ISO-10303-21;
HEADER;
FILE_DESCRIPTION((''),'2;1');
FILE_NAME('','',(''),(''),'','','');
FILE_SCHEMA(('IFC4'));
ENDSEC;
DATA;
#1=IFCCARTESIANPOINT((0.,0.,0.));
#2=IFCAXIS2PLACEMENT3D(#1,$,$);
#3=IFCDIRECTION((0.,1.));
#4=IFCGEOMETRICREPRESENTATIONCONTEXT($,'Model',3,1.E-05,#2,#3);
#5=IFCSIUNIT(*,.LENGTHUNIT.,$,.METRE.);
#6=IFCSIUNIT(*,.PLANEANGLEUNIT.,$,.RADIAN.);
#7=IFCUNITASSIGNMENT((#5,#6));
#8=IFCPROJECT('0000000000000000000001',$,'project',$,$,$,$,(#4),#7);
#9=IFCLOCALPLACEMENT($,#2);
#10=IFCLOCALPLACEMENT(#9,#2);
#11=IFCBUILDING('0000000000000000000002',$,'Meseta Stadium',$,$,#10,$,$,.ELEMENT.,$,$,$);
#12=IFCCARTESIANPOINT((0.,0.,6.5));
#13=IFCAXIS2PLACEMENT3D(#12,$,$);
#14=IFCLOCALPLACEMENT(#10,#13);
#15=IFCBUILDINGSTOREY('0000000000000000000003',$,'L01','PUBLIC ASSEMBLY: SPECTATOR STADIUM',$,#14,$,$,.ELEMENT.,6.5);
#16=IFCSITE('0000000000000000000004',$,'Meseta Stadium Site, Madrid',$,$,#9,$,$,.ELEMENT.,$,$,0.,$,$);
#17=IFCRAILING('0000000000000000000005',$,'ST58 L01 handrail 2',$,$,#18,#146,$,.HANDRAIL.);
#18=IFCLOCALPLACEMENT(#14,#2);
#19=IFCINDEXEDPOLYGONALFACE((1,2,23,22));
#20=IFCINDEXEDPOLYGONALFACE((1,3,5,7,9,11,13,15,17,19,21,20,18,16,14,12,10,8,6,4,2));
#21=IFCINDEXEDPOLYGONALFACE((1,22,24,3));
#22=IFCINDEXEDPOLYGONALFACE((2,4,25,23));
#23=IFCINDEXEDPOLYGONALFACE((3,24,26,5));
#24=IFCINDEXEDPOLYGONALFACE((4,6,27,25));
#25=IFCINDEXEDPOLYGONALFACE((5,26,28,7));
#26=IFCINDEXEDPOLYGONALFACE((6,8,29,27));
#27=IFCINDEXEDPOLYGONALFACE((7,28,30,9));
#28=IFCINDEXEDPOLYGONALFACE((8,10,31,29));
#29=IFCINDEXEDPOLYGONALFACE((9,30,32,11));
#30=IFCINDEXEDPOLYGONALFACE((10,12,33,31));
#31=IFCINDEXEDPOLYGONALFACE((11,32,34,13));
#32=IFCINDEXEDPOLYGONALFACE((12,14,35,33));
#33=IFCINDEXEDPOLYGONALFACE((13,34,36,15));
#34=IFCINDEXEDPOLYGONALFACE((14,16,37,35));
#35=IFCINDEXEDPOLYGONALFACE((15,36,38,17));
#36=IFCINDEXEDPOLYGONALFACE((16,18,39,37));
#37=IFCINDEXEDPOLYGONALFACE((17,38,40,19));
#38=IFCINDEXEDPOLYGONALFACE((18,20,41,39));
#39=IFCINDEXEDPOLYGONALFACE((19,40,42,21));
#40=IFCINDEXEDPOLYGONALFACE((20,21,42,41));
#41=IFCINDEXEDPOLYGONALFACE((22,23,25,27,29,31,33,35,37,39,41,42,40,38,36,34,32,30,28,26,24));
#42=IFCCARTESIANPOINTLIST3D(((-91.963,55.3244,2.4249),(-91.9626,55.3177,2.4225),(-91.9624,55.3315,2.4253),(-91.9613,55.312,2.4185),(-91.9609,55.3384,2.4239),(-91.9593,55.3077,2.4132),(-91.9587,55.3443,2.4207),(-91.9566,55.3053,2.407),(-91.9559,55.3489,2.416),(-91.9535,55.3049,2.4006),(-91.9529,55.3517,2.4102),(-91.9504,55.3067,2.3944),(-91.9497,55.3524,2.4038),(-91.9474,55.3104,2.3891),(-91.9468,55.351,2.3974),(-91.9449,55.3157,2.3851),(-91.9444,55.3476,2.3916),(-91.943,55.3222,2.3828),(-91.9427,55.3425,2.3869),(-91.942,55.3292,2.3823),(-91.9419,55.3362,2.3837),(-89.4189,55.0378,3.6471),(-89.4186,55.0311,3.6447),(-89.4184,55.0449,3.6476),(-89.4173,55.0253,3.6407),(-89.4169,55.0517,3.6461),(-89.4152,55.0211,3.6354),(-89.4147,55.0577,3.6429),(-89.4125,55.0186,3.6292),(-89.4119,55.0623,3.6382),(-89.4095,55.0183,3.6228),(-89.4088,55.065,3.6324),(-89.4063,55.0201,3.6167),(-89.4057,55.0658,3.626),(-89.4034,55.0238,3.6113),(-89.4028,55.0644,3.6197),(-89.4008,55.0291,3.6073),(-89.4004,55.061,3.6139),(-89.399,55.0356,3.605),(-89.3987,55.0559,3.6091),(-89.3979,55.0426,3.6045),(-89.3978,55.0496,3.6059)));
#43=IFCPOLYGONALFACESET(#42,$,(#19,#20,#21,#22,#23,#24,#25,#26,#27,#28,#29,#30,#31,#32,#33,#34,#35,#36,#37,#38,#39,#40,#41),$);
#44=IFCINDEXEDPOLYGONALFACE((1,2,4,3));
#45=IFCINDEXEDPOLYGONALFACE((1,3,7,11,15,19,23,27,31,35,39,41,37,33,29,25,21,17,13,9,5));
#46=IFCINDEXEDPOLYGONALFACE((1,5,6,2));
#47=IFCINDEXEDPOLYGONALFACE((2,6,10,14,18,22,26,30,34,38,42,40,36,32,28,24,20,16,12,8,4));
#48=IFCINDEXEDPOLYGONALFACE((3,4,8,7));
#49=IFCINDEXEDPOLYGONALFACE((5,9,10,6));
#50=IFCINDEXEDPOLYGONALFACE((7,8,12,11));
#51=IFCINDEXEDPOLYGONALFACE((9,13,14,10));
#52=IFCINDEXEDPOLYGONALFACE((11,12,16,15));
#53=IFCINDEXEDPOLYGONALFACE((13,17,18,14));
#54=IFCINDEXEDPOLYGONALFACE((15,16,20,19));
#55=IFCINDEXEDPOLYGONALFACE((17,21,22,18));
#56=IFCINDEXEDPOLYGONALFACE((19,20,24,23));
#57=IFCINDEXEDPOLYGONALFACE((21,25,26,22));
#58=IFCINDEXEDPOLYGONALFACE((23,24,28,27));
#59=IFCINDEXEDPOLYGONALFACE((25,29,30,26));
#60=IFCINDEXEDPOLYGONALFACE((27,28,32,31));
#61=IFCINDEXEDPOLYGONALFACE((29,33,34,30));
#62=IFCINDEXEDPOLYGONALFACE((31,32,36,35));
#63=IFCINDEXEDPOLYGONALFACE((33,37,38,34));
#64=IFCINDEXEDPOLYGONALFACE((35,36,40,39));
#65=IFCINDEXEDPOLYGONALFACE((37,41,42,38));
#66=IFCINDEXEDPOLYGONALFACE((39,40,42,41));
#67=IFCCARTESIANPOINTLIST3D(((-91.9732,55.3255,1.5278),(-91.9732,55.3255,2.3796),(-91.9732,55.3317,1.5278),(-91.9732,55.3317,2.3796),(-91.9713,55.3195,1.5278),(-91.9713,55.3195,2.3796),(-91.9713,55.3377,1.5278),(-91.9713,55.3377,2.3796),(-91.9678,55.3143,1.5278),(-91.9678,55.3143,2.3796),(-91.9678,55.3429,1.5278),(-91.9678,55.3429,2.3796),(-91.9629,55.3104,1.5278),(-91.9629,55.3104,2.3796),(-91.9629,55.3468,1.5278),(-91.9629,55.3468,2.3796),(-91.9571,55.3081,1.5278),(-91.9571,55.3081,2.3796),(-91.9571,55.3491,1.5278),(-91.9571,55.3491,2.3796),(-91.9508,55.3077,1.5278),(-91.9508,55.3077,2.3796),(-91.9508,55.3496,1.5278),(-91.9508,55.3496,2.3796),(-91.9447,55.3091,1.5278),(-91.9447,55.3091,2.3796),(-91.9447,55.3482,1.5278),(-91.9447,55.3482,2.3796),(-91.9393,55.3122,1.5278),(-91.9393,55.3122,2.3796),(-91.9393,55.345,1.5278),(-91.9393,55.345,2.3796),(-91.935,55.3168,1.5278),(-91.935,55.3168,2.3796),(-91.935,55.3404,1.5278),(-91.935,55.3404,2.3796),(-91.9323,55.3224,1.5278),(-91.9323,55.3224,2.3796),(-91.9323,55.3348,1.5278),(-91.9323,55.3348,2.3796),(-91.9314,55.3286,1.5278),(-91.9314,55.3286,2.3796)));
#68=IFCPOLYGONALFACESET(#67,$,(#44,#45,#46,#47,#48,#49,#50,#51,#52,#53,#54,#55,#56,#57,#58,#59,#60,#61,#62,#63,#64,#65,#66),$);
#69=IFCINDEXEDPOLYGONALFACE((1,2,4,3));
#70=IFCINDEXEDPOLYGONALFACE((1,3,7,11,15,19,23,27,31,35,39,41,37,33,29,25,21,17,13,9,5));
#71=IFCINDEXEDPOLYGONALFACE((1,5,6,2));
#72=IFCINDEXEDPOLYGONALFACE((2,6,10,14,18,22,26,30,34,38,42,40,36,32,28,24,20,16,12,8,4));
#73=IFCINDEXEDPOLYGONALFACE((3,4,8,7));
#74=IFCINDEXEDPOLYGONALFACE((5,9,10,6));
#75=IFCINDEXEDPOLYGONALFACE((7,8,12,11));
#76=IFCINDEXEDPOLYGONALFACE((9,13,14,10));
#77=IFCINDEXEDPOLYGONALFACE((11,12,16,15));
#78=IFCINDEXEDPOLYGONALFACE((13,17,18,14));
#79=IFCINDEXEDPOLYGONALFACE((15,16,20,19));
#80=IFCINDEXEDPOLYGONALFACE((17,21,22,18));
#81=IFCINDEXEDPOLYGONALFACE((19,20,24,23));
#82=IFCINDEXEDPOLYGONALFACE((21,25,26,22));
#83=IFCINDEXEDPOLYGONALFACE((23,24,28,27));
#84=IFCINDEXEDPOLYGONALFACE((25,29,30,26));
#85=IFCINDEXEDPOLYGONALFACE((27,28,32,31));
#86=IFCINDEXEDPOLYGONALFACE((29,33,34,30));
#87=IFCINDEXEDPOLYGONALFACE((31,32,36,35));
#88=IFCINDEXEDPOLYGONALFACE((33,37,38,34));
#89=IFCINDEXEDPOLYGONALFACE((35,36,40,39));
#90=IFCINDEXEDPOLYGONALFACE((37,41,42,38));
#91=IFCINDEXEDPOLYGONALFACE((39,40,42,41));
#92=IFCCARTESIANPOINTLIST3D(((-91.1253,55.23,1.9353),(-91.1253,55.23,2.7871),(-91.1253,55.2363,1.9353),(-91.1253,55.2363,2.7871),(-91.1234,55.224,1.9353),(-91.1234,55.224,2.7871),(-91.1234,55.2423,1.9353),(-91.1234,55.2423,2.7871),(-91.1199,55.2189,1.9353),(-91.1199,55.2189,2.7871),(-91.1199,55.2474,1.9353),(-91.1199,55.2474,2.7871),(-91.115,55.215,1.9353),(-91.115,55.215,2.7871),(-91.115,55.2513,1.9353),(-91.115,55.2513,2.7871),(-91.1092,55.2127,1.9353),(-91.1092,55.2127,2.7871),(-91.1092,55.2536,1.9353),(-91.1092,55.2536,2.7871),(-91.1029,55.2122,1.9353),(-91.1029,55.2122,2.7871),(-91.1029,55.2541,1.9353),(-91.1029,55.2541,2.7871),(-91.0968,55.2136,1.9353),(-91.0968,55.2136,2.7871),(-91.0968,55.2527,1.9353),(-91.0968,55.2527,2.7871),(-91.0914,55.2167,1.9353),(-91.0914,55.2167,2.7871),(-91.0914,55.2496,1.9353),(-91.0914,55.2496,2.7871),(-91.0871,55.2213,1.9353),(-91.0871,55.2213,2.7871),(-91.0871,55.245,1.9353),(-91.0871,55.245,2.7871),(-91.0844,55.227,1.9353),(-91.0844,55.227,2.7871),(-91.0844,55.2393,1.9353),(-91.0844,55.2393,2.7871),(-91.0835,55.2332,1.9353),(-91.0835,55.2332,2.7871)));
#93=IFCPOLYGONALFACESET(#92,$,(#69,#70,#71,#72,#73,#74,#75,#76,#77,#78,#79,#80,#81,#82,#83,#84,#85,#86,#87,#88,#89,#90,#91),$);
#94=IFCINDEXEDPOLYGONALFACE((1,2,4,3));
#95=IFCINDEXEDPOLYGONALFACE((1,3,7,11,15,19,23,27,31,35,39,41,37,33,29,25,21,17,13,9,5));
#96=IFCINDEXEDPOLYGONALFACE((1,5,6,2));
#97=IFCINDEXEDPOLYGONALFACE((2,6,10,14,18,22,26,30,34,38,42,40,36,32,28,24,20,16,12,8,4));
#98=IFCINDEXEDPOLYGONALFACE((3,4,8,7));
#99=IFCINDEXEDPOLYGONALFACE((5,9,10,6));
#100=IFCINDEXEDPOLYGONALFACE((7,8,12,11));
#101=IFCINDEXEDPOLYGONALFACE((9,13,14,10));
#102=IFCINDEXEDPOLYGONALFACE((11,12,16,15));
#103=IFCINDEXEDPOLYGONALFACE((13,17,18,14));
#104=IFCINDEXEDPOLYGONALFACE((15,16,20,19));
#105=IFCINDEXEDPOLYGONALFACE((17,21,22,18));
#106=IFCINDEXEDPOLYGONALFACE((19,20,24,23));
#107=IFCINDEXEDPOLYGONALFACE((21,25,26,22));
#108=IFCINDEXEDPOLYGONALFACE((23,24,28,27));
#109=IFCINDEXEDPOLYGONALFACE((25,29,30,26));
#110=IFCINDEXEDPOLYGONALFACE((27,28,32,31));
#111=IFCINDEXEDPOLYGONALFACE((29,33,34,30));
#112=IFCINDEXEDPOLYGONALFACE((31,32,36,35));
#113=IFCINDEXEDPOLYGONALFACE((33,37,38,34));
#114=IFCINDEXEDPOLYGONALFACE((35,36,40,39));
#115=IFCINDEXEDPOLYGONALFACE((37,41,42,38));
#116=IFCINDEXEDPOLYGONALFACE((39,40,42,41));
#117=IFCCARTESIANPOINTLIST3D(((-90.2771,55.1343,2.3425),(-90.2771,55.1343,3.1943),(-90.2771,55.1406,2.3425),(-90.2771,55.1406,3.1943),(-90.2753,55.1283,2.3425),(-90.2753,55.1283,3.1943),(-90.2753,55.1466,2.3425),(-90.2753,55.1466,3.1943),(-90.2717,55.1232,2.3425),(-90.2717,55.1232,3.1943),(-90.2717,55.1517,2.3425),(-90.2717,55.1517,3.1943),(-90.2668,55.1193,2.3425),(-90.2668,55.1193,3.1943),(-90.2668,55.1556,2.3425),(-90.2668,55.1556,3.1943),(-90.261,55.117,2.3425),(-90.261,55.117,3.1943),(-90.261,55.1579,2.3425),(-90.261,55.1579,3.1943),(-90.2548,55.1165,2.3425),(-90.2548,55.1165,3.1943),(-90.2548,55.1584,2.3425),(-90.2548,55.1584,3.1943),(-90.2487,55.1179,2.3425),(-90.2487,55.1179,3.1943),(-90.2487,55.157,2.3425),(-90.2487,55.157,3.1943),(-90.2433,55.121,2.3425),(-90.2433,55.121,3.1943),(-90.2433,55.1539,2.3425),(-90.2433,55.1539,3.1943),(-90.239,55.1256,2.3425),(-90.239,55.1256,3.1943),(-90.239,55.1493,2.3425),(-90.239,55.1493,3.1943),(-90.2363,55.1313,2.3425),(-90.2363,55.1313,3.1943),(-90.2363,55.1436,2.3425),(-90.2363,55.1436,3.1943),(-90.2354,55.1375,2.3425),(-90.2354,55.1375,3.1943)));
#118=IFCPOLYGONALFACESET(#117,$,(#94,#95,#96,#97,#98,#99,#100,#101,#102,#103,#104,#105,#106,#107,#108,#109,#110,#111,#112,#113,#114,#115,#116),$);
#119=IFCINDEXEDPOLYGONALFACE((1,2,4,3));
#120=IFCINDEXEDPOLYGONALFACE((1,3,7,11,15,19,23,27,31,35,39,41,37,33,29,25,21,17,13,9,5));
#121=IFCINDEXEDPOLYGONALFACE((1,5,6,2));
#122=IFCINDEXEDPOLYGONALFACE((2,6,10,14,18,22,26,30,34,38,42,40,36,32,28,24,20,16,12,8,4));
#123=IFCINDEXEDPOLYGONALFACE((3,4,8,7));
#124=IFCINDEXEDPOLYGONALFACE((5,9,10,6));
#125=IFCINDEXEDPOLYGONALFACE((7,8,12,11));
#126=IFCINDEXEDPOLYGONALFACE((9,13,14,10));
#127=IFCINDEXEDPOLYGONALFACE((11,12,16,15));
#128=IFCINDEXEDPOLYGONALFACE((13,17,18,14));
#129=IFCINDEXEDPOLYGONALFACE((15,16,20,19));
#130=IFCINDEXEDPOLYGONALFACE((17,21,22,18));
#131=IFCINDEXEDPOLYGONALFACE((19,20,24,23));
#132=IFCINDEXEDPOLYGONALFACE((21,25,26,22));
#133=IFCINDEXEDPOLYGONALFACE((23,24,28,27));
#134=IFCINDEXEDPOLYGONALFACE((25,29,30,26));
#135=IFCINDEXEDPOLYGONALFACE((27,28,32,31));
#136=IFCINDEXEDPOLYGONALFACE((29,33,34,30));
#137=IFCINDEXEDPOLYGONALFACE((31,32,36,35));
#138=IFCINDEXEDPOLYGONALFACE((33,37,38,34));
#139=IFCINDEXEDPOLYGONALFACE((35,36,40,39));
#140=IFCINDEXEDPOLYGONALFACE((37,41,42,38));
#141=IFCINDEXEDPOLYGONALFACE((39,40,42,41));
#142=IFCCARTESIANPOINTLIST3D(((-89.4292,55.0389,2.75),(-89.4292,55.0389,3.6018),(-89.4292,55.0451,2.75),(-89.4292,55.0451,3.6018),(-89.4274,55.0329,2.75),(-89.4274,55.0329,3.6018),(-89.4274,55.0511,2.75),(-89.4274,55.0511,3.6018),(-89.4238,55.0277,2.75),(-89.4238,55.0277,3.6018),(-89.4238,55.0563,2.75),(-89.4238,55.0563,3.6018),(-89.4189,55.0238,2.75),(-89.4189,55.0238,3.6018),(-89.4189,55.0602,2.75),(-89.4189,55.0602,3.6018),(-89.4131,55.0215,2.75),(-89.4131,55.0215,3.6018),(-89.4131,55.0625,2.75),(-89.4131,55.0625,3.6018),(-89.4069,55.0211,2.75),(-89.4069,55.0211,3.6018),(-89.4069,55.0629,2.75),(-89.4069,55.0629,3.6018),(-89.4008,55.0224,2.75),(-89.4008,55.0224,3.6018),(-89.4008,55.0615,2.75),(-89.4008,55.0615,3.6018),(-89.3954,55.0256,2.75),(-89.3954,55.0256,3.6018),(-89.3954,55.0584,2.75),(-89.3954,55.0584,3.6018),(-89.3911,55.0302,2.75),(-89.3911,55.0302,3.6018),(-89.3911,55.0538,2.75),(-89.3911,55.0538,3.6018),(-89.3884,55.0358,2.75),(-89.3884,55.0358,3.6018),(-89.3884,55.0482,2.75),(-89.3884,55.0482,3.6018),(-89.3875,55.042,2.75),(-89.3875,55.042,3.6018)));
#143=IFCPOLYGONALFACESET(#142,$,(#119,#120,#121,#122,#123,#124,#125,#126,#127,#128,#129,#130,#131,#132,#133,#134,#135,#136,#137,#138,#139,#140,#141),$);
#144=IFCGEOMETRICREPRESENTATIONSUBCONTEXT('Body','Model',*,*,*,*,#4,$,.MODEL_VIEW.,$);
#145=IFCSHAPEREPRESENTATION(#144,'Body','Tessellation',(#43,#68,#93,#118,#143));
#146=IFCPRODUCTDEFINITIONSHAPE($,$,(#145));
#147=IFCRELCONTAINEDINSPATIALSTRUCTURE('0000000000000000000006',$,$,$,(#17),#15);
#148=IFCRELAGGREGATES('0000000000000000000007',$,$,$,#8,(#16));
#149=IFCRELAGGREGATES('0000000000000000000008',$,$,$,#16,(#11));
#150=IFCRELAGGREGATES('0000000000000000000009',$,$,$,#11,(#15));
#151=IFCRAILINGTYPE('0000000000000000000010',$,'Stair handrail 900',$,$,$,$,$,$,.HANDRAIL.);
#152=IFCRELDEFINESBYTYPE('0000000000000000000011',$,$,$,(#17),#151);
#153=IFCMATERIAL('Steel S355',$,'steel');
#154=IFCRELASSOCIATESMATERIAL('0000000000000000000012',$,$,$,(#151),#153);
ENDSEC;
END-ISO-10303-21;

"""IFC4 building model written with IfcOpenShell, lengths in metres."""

from ifc_helpers import new_model, si_unit, direction, frame, origin, origin_2d, place, context, subcontext, project, spatial, circle, extrude, material, type_object, element, save


model = new_model("IFC4")

# Units and contexts
model_context = context("Model", 3, precision=1e-05, world=origin(), true_north=direction((0.0, 1.0)))
body_context = subcontext(model_context, "Body", "Model", "MODEL_VIEW")
ifc_project = project(units=[si_unit("LENGTHUNIT", "METRE"), si_unit("PLANEANGLEUNIT", "RADIAN")], contexts=[model_context])

# Site, building, storey
site_placement = place(None, origin())
site = spatial("IfcSite", under=ifc_project, at=site_placement, Name="Meseta Stadium Site, Madrid", CompositionType="ELEMENT", RefElevation=0.0)
building_placement = place(site_placement, origin())
building = spatial("IfcBuilding", under=site, at=building_placement, Name="Meseta Stadium", CompositionType="ELEMENT")
storey_placement = place(building_placement, frame((0.0, 0.0, 6.5)))
storey = spatial("IfcBuildingStorey", under=building, at=storey_placement, Name="L01", Description="PUBLIC ASSEMBLY: SPECTATOR STADIUM", CompositionType="ELEMENT", Elevation=6.5)

# Railing
ifc_material_1 = material(Name="Steel S355", Category="steel")
railing_type_1 = type_object("IfcRailingType", Name="Stair handrail 900", PredefinedType="HANDRAIL", material=ifc_material_1)
for number, where, name in (
    (1, (-91.9524, 55.3286, 1.5278), "ST58 L01 handrail 2"),
):
    element("IfcRailing", number, at=place(storey_placement, frame(where)), inside=storey, type_object=railing_type_1, Name=name, PredefinedType="HANDRAIL", context=body_context, shape_type="SweptSolid", body=[
        extrude(circle(Radius=0.0239, at=origin_2d()), frame((0.0, 0.0, 0.876), z_axis=(0.896762, -0.101036, 0.430824), x_axis=(0.11196, 0.993713, 0.0)), (0.0, 0.0, 1.0), 2.8369),
        extrude(circle(Radius=0.021, at=origin_2d()), origin(), (0.0, 0.0, 1.0), 0.8518),
        extrude(circle(Radius=0.021, at=origin_2d()), frame((0.8479, -0.0955, 0.4075)), (0.0, 0.0, 1.0), 0.8518),
        extrude(circle(Radius=0.021, at=origin_2d()), frame((1.696, -0.1912, 0.8147)), (0.0, 0.0, 1.0), 0.8518),
        extrude(circle(Radius=0.021, at=origin_2d()), frame((2.5439, -0.2866, 1.2222)), (0.0, 0.0, 1.0), 0.8518),
    ])

save(model, "model.ifc")
